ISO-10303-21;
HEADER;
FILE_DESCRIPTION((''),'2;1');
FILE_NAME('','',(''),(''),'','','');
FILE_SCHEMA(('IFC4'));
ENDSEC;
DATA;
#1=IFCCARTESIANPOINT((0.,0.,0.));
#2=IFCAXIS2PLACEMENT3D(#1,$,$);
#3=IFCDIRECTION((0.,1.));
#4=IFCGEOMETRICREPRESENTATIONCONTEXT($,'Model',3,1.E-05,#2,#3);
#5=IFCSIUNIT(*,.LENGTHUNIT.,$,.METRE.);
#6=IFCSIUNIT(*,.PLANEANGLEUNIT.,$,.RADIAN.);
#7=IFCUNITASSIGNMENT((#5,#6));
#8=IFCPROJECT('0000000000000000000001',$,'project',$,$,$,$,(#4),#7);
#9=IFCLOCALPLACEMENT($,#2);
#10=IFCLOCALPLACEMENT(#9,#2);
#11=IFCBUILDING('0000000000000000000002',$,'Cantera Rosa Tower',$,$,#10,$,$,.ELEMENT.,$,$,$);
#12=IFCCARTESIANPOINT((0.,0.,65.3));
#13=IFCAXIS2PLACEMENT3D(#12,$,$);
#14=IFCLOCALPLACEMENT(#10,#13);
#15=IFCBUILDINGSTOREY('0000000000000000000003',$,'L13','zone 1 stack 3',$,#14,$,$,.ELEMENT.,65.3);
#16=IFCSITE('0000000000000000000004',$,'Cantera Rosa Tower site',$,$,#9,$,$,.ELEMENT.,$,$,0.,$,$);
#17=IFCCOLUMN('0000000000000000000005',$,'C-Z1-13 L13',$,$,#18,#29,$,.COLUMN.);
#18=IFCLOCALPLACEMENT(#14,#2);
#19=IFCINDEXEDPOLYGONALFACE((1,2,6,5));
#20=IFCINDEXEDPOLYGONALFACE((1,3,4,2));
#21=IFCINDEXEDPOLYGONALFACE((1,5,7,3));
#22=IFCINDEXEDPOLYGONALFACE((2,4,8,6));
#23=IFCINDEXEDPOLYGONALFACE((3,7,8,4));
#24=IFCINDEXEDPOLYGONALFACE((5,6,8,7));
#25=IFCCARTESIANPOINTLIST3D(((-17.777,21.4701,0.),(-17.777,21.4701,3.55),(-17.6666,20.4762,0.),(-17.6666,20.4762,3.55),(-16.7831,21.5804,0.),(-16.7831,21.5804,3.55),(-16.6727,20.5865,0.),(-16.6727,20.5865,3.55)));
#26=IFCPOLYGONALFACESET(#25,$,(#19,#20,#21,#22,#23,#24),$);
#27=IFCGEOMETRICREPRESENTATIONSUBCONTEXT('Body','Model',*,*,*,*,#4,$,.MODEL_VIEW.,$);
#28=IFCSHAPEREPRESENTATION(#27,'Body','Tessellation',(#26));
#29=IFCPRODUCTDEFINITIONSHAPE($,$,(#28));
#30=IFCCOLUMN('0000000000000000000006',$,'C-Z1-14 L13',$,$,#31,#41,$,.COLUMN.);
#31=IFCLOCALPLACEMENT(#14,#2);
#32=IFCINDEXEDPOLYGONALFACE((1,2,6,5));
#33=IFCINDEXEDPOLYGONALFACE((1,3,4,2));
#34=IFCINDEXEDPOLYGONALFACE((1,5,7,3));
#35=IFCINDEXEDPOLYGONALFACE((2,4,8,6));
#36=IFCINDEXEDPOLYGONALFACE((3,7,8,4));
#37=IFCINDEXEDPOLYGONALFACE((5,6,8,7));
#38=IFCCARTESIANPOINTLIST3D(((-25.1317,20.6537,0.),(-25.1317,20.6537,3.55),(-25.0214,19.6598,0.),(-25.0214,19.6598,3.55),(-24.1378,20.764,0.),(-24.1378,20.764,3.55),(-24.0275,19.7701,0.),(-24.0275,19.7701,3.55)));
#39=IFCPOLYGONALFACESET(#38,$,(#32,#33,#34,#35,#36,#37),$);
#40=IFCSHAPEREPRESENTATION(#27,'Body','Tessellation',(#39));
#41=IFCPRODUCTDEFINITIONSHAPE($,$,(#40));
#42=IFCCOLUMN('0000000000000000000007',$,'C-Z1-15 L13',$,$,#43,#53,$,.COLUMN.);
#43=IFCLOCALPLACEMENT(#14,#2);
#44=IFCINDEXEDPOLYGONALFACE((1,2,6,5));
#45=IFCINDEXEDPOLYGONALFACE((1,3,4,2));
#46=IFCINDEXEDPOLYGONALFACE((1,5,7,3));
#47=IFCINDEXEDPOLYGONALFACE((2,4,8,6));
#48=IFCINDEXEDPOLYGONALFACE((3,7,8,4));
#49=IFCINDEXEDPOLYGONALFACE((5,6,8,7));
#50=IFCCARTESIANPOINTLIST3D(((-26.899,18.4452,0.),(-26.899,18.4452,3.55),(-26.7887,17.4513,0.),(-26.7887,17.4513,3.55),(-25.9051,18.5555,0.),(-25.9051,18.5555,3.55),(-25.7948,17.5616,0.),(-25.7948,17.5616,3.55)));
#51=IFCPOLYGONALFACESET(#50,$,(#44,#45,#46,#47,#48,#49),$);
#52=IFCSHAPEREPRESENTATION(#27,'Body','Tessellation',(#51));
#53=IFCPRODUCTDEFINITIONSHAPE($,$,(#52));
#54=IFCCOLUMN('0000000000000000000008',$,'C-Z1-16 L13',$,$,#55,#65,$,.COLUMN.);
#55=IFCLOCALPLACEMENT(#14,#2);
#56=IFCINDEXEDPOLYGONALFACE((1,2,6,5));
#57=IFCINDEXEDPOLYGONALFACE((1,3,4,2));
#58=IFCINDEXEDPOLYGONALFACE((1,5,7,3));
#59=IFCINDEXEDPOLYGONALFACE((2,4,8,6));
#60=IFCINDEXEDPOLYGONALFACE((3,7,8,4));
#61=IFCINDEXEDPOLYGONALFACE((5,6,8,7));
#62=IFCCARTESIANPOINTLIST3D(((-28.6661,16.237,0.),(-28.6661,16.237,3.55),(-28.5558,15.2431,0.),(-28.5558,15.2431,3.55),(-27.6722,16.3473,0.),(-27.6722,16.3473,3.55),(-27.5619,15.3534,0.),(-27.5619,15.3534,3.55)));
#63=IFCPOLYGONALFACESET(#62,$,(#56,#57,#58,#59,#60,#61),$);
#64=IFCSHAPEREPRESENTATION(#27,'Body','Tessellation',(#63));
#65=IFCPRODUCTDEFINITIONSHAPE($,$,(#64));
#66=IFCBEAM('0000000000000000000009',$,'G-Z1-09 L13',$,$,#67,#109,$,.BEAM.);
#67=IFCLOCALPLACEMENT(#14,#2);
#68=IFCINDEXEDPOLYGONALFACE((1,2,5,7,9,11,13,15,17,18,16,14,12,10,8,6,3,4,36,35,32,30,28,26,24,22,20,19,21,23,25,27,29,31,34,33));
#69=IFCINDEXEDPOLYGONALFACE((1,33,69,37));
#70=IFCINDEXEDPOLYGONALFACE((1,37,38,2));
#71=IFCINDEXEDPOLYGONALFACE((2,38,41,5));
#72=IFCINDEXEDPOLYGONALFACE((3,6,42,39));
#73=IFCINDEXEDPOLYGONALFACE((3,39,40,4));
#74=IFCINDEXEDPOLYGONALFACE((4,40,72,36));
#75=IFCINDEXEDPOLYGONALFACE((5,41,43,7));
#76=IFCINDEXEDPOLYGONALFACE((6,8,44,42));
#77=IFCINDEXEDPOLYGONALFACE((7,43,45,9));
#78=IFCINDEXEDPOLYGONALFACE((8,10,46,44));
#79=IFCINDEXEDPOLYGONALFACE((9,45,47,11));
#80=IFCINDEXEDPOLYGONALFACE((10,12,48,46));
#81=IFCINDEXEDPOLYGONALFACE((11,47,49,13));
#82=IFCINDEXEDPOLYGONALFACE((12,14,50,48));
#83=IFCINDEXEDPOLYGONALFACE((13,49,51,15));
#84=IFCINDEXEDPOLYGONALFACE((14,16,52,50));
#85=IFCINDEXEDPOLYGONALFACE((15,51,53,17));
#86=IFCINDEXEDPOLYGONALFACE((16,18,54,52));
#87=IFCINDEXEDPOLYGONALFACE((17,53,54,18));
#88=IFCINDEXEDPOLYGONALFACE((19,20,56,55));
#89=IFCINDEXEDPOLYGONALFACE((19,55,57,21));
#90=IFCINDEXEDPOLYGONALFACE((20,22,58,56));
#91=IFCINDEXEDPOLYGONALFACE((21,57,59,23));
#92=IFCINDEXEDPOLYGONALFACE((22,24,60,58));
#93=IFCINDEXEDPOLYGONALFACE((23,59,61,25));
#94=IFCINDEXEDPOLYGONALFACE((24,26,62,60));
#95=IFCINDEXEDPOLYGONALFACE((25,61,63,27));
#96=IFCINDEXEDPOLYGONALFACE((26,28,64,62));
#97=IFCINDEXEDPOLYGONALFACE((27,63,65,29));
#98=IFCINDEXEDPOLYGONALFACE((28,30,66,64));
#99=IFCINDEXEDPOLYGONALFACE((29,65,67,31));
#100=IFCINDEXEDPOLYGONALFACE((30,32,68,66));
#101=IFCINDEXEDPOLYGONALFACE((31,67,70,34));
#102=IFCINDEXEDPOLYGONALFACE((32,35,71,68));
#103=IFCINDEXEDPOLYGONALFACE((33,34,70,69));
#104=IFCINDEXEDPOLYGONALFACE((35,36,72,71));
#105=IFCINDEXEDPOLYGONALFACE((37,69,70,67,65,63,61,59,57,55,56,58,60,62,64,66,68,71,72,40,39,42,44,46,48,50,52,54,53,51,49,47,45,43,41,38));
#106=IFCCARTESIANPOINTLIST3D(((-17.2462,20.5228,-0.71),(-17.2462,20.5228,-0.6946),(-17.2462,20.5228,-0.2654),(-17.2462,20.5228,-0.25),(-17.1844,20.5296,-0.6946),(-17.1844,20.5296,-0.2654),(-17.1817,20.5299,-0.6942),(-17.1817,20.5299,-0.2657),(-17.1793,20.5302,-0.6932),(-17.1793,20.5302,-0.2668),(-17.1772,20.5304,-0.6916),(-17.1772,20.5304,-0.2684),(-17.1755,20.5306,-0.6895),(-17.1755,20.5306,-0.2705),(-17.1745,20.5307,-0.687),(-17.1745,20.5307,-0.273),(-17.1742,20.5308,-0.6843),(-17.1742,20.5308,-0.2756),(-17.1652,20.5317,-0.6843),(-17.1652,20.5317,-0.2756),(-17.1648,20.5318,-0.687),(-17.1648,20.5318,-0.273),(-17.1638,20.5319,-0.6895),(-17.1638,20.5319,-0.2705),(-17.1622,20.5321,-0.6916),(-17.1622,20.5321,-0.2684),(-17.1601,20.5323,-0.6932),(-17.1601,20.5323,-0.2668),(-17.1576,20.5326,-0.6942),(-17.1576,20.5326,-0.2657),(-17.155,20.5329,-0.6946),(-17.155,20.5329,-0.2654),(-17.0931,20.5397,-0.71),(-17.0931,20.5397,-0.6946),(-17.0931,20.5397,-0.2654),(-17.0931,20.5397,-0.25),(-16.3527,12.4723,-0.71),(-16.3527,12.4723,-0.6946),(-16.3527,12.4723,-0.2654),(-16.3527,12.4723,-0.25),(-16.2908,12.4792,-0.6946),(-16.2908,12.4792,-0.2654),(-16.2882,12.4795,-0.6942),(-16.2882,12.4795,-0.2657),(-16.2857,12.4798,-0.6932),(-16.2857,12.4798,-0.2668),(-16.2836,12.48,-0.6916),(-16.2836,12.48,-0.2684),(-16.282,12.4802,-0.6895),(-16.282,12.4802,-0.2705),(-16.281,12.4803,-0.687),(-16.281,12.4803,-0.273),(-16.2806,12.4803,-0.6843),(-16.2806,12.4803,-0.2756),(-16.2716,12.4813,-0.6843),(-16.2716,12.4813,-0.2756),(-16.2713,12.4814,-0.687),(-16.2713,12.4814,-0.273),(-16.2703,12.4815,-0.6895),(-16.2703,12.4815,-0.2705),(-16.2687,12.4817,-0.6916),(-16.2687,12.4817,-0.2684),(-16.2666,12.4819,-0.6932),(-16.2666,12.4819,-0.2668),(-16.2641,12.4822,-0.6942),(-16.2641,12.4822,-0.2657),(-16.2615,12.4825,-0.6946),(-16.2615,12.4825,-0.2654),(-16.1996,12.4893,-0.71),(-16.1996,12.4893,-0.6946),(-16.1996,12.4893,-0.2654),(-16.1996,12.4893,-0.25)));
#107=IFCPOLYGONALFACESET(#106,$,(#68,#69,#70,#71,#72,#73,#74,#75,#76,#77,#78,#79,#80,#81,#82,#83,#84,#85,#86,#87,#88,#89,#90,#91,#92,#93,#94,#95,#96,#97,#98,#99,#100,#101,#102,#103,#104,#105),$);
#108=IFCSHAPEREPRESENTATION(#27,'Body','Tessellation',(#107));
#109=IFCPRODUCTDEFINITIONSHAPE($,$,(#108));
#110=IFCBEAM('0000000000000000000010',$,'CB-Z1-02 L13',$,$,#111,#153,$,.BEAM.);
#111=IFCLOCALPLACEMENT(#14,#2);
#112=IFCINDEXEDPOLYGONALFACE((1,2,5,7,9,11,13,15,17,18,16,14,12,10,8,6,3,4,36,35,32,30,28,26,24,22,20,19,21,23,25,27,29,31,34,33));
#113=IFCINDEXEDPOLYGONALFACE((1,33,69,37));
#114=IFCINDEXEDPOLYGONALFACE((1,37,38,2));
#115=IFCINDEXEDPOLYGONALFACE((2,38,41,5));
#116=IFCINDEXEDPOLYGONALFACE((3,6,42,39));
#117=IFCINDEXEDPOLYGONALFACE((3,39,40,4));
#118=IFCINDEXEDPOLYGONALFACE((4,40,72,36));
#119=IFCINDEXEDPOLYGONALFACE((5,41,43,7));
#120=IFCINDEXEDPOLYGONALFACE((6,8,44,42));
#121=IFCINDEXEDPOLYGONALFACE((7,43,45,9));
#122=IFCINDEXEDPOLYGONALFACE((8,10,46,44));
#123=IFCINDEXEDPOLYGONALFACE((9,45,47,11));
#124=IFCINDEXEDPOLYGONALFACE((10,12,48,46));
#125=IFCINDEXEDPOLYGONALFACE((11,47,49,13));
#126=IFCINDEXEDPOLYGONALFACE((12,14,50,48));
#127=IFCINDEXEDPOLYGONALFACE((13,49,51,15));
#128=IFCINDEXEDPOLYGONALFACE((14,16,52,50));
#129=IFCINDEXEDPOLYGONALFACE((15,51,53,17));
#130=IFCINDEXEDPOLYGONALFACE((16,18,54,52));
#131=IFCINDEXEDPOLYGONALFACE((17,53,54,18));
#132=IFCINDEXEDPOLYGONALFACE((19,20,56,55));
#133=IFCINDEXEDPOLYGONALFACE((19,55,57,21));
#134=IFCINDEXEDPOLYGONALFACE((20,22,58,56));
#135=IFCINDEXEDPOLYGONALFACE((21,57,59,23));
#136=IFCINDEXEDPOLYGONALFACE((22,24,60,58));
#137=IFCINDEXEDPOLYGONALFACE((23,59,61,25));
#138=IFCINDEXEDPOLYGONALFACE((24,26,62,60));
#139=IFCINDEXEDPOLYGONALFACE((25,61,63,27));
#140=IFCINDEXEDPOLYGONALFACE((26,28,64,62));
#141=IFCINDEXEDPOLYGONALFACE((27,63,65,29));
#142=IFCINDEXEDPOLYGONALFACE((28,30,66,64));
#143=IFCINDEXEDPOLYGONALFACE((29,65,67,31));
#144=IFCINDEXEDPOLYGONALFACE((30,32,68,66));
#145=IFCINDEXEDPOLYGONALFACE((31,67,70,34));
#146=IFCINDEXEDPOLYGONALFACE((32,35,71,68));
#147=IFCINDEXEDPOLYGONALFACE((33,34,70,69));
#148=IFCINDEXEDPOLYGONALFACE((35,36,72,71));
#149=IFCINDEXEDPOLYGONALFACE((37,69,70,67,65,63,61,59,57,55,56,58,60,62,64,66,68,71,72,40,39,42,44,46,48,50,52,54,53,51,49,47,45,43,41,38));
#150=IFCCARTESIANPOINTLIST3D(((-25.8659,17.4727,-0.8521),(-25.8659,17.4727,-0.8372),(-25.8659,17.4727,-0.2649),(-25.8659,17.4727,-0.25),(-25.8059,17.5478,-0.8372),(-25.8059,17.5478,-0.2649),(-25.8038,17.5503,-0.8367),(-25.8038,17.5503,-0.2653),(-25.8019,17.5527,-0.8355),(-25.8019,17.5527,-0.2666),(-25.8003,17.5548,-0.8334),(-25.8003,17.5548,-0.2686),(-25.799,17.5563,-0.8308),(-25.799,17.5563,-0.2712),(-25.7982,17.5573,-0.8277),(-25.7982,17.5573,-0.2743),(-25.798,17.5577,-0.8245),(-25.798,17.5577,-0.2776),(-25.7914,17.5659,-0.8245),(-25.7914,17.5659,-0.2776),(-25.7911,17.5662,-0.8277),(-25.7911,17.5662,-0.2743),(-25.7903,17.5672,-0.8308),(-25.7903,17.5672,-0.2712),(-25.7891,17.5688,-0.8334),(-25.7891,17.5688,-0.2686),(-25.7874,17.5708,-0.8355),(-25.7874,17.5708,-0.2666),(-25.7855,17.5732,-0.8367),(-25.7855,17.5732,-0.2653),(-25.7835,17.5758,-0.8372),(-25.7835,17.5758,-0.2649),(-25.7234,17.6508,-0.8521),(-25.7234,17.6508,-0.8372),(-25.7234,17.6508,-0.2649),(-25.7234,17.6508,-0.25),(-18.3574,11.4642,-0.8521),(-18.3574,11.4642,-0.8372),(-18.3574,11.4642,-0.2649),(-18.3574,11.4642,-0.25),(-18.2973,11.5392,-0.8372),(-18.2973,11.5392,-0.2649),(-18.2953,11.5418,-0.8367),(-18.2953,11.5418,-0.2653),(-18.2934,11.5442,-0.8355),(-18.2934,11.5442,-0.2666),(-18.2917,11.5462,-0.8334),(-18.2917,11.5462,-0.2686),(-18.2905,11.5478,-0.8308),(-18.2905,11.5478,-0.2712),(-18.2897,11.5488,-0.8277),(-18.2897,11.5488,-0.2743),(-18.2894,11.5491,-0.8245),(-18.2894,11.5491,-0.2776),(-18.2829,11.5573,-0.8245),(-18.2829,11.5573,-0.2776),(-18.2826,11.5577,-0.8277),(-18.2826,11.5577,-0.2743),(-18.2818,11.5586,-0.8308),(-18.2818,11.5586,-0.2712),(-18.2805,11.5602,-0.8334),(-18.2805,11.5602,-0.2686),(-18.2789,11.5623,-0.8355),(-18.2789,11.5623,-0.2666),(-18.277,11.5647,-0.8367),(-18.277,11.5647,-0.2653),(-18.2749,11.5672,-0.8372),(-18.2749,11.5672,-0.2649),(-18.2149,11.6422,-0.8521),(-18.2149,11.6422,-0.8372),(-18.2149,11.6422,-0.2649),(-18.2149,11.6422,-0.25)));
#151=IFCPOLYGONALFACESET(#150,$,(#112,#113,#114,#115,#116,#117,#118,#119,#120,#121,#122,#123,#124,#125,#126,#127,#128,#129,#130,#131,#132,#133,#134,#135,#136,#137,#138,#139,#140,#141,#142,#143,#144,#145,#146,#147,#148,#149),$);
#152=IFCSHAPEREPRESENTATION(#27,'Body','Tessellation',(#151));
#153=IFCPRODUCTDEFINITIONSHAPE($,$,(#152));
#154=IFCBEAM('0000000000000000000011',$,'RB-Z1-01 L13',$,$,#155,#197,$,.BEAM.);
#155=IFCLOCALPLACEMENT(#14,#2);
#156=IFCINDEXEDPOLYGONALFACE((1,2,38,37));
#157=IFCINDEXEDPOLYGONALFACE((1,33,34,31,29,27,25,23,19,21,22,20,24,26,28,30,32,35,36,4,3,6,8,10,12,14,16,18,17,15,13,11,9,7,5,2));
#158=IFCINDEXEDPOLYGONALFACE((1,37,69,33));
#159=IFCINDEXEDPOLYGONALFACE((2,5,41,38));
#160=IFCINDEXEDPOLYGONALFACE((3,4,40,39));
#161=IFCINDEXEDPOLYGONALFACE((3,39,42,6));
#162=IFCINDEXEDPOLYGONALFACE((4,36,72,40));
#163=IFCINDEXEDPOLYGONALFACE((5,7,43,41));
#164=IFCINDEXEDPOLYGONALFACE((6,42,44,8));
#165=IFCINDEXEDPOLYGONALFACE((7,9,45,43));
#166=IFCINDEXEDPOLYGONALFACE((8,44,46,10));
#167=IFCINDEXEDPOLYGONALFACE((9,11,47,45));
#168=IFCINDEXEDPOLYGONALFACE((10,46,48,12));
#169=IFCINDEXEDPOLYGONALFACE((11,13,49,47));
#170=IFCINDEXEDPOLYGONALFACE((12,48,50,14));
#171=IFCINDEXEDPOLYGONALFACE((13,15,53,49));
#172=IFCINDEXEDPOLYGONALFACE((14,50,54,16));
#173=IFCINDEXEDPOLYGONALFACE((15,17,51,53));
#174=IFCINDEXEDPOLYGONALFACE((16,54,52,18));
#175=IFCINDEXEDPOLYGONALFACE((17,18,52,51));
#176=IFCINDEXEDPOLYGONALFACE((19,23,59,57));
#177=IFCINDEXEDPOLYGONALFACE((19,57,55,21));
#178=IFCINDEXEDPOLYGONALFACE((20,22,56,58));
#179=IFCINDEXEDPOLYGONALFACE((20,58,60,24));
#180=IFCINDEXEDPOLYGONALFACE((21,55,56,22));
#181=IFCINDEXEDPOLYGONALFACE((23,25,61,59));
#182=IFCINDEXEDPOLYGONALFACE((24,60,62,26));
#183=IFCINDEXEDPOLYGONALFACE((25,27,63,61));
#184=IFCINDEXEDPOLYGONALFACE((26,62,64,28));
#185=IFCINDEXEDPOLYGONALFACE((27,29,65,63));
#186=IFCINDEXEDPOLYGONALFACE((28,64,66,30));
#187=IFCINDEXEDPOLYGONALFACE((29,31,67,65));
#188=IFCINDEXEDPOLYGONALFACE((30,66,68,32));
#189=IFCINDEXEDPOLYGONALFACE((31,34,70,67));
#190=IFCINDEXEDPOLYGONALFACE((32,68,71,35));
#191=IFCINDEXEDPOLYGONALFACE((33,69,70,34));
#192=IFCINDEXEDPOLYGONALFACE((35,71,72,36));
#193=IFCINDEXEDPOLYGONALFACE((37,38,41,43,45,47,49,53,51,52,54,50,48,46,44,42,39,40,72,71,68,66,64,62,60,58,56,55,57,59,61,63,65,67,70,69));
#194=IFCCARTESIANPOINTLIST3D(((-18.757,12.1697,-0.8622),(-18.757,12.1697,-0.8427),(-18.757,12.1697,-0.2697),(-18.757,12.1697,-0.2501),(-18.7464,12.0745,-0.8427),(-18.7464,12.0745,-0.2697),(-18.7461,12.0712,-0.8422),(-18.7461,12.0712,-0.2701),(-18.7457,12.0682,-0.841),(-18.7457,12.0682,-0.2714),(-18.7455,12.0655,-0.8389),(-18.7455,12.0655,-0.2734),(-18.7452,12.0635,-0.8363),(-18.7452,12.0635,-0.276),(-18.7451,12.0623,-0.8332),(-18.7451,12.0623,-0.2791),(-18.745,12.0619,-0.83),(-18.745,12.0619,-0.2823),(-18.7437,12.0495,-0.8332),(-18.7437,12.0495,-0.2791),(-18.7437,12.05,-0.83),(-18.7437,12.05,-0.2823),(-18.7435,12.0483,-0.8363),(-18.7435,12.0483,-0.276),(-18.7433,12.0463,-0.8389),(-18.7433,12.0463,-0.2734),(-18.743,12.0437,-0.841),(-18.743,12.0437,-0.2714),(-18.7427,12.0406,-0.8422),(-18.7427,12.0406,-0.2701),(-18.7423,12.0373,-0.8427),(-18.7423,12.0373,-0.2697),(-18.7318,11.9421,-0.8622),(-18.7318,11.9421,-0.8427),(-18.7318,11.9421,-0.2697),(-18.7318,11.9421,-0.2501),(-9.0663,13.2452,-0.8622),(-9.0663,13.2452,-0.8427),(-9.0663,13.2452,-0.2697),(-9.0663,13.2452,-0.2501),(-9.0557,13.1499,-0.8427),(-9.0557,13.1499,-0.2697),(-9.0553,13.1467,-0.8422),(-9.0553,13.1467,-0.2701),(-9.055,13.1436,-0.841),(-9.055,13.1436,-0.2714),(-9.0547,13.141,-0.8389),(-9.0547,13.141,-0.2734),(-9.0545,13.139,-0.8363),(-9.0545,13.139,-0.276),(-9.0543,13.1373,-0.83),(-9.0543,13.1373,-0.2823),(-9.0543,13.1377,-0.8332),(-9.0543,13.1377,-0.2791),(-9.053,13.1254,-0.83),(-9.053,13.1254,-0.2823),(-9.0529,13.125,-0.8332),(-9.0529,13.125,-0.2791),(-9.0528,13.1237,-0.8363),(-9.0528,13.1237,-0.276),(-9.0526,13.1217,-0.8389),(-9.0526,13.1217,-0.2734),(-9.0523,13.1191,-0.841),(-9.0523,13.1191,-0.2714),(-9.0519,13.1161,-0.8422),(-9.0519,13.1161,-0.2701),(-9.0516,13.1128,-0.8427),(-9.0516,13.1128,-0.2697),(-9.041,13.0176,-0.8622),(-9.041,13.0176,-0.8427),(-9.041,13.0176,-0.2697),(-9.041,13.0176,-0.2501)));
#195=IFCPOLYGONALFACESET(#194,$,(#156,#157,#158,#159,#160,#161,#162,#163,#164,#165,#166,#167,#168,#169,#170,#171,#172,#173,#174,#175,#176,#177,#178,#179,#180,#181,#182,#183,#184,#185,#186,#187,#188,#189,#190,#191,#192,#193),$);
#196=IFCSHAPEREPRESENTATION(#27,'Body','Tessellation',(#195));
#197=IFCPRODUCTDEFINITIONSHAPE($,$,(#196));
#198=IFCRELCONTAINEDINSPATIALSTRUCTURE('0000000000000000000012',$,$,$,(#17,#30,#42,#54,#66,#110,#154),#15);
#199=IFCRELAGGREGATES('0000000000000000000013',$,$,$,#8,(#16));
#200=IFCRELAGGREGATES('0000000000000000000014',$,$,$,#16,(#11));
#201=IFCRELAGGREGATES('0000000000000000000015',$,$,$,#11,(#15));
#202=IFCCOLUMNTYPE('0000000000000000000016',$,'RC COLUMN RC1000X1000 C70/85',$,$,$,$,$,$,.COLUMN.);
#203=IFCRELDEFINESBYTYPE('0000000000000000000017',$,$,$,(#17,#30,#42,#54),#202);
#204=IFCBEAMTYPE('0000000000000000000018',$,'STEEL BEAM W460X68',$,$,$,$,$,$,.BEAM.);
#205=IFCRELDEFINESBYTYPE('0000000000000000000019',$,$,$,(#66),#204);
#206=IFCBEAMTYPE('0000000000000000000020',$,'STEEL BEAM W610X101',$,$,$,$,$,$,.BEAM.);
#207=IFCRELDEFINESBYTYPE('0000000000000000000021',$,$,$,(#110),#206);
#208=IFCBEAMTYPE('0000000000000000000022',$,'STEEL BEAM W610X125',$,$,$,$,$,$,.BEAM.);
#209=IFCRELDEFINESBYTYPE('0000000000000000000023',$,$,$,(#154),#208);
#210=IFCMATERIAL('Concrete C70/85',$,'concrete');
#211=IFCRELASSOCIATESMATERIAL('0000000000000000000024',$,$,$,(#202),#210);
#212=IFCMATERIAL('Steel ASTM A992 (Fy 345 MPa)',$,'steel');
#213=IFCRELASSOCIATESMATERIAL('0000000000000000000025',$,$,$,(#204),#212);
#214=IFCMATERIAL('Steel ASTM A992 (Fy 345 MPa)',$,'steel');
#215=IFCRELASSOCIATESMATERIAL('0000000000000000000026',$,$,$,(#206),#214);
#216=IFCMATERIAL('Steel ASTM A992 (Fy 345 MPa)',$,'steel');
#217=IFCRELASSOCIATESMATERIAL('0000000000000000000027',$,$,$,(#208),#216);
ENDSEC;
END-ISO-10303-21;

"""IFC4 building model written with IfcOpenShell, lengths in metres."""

from ifc_helpers import new_model, si_unit, direction, frame, origin, origin_2d, place, context, subcontext, project, spatial, rectangle, i_section, extrude, material, material_profile, profile_set, type_object, element, save


model = new_model("IFC4")

# Units and contexts
model_context = context("Model", 3, precision=1e-05, world=origin(), true_north=direction((0.0, 1.0)))
body_context = subcontext(model_context, "Body", "Model", "MODEL_VIEW")
ifc_project = project(units=[si_unit("LENGTHUNIT", "METRE"), si_unit("PLANEANGLEUNIT", "RADIAN")], contexts=[model_context])

# Site, building, storey
site_placement = place(None, origin())
site = spatial("IfcSite", under=ifc_project, at=site_placement, Name="Cantera Rosa Tower site", CompositionType="ELEMENT", RefElevation=0.0)
building_placement = place(site_placement, origin())
building = spatial("IfcBuilding", under=site, at=building_placement, Name="Cantera Rosa Tower", CompositionType="ELEMENT")
storey_placement = place(building_placement, frame((0.0, 0.0, 65.3)))
storey = spatial("IfcBuildingStorey", under=building, at=storey_placement, Name="L13", Description="zone 1 stack 3", CompositionType="ELEMENT", Elevation=65.3)

# Columns
ifc_material_1 = material(Name="Concrete C70/85", Category="concrete")
ifc_material_profile_1 = material_profile(ifc_material_1, rectangle(XDim=1.0, YDim=1.0, at=origin_2d()), Name="RC COLUMN RC1000X1000 C70/85")
ifc_profile_set_1 = profile_set([ifc_material_profile_1], Name="Concrete C70/85")
column_type = type_object("IfcColumnType", Name="RC COLUMN RC1000X1000 C70/85", PredefinedType="COLUMN", material=ifc_profile_set_1)
for number, where, z_axis, x_axis, name in (
    (1, (-17.2249, 21.0283, 0.0), (0.0, 0.0, 1.0), (0.993897, 0.110313, 0.0), "C-Z1-13 L13"),
    (2, (-24.5796, 20.2119, 0.0), (0.0, 0.0, 1.0), (0.993897, 0.110313, 0.0), "C-Z1-14 L13"),
    (3, (-26.3469, 18.0034, 0.0), (0.0, 0.0, 1.0), (0.993897, 0.110313, 0.0), "C-Z1-15 L13"),
    (4, (-28.114, 15.7952, 0.0), (0.0, 0.0, 1.0), (0.993897, 0.110313, 0.0), "C-Z1-16 L13"),
):
    element("IfcColumn", number, at=place(storey_placement, frame(where, z_axis=z_axis, x_axis=x_axis)), inside=storey, type_object=column_type, Name=name, PredefinedType="COLUMN", context=body_context, shape_type="SweptSolid", body=[
        extrude(rectangle(XDim=1.0, YDim=1.0, at=origin_2d()), origin(), (0.0, 0.0, 1.0), 3.55),
    ])

# Beams
ifc_material_2 = material(Name="Steel ASTM A992 (Fy 345 MPa)", Category="steel")
ifc_material_profile_2 = material_profile(ifc_material_2, i_section(OverallWidth=0.1541, OverallDepth=0.46, WebThickness=0.009, FlangeThickness=0.0154, FilletRadius=0.0103, at=origin_2d()), Name="W460X68")
ifc_profile_set_2 = profile_set([ifc_material_profile_2], Name="Steel ASTM A992 (Fy 345 MPa)")
beam_type_1 = type_object("IfcBeamType", Name="STEEL BEAM W460X68", PredefinedType="BEAM", material=ifc_profile_set_2)
beam_1_placement = place(storey_placement, frame((-17.1697, 20.5312, -0.48), z_axis=(0.110316, -0.993897, 0.0), x_axis=(0.993897, 0.110316, 0.0)))
element("IfcBeam", 5, at=beam_1_placement, inside=storey, type_object=beam_type_1, Name="G-Z1-09 L13", PredefinedType="BEAM", context=body_context, shape_type="SweptSolid", body=[
    extrude(i_section(OverallWidth=0.1541, OverallDepth=0.46, WebThickness=0.009, FlangeThickness=0.0154, FilletRadius=0.0103, at=origin_2d()), origin(), (0.0, 0.0, 1.0), 8.0999),
])
ifc_material_3 = material(Name="Steel ASTM A992 (Fy 345 MPa)", Category="steel")
ifc_material_profile_3 = material_profile(ifc_material_3, i_section(OverallWidth=0.228, OverallDepth=0.6021, WebThickness=0.0105, FlangeThickness=0.0149, FilletRadius=0.0127, at=origin_2d()), Name="W610X101")
ifc_profile_set_3 = profile_set([ifc_material_profile_3], Name="Steel ASTM A992 (Fy 345 MPa)")
beam_type_2 = type_object("IfcBeamType", Name="STEEL BEAM W610X101", PredefinedType="BEAM", material=ifc_profile_set_3)
beam_2_placement = place(storey_placement, frame((-25.7947, 17.5618, -0.551), z_axis=(0.780782, -0.624803, 0.0), x_axis=(0.624803, 0.780782, 0.0)))
element("IfcBeam", 6, at=beam_2_placement, inside=storey, type_object=beam_type_2, Name="CB-Z1-02 L13", PredefinedType="BEAM", context=body_context, shape_type="SweptSolid", body=[
    extrude(i_section(OverallWidth=0.228, OverallDepth=0.6021, WebThickness=0.0105, FlangeThickness=0.0149, FilletRadius=0.0127, at=origin_2d()), origin(), (0.0, 0.0, 1.0), 9.6167),
])
ifc_material_4 = material(Name="Steel ASTM A992 (Fy 345 MPa)", Category="steel")
ifc_material_profile_4 = material_profile(ifc_material_4, i_section(OverallWidth=0.229, OverallDepth=0.6121, WebThickness=0.012, FlangeThickness=0.0195, FilletRadius=0.0127, at=origin_2d()), Name="W610X125")
ifc_profile_set_4 = profile_set([ifc_material_profile_4], Name="Steel ASTM A992 (Fy 345 MPa)")
beam_type_3 = type_object("IfcBeamType", Name="STEEL BEAM W610X125", PredefinedType="BEAM", material=ifc_profile_set_4)
beam_3_placement = place(storey_placement, frame((-18.7444, 12.0559, -0.5562), z_axis=(0.993898, 0.1103, 0.0), x_axis=(-0.1103, 0.993898, 0.0)))
element("IfcBeam", 7, at=beam_3_placement, inside=storey, type_object=beam_type_3, Name="RB-Z1-01 L13", PredefinedType="BEAM", context=body_context, shape_type="SweptSolid", body=[
    extrude(i_section(OverallWidth=0.229, OverallDepth=0.6121, WebThickness=0.012, FlangeThickness=0.0195, FilletRadius=0.0127, at=origin_2d()), origin(), (0.0, 0.0, 1.0), 9.7502),
])

save(model, "model.ifc")
